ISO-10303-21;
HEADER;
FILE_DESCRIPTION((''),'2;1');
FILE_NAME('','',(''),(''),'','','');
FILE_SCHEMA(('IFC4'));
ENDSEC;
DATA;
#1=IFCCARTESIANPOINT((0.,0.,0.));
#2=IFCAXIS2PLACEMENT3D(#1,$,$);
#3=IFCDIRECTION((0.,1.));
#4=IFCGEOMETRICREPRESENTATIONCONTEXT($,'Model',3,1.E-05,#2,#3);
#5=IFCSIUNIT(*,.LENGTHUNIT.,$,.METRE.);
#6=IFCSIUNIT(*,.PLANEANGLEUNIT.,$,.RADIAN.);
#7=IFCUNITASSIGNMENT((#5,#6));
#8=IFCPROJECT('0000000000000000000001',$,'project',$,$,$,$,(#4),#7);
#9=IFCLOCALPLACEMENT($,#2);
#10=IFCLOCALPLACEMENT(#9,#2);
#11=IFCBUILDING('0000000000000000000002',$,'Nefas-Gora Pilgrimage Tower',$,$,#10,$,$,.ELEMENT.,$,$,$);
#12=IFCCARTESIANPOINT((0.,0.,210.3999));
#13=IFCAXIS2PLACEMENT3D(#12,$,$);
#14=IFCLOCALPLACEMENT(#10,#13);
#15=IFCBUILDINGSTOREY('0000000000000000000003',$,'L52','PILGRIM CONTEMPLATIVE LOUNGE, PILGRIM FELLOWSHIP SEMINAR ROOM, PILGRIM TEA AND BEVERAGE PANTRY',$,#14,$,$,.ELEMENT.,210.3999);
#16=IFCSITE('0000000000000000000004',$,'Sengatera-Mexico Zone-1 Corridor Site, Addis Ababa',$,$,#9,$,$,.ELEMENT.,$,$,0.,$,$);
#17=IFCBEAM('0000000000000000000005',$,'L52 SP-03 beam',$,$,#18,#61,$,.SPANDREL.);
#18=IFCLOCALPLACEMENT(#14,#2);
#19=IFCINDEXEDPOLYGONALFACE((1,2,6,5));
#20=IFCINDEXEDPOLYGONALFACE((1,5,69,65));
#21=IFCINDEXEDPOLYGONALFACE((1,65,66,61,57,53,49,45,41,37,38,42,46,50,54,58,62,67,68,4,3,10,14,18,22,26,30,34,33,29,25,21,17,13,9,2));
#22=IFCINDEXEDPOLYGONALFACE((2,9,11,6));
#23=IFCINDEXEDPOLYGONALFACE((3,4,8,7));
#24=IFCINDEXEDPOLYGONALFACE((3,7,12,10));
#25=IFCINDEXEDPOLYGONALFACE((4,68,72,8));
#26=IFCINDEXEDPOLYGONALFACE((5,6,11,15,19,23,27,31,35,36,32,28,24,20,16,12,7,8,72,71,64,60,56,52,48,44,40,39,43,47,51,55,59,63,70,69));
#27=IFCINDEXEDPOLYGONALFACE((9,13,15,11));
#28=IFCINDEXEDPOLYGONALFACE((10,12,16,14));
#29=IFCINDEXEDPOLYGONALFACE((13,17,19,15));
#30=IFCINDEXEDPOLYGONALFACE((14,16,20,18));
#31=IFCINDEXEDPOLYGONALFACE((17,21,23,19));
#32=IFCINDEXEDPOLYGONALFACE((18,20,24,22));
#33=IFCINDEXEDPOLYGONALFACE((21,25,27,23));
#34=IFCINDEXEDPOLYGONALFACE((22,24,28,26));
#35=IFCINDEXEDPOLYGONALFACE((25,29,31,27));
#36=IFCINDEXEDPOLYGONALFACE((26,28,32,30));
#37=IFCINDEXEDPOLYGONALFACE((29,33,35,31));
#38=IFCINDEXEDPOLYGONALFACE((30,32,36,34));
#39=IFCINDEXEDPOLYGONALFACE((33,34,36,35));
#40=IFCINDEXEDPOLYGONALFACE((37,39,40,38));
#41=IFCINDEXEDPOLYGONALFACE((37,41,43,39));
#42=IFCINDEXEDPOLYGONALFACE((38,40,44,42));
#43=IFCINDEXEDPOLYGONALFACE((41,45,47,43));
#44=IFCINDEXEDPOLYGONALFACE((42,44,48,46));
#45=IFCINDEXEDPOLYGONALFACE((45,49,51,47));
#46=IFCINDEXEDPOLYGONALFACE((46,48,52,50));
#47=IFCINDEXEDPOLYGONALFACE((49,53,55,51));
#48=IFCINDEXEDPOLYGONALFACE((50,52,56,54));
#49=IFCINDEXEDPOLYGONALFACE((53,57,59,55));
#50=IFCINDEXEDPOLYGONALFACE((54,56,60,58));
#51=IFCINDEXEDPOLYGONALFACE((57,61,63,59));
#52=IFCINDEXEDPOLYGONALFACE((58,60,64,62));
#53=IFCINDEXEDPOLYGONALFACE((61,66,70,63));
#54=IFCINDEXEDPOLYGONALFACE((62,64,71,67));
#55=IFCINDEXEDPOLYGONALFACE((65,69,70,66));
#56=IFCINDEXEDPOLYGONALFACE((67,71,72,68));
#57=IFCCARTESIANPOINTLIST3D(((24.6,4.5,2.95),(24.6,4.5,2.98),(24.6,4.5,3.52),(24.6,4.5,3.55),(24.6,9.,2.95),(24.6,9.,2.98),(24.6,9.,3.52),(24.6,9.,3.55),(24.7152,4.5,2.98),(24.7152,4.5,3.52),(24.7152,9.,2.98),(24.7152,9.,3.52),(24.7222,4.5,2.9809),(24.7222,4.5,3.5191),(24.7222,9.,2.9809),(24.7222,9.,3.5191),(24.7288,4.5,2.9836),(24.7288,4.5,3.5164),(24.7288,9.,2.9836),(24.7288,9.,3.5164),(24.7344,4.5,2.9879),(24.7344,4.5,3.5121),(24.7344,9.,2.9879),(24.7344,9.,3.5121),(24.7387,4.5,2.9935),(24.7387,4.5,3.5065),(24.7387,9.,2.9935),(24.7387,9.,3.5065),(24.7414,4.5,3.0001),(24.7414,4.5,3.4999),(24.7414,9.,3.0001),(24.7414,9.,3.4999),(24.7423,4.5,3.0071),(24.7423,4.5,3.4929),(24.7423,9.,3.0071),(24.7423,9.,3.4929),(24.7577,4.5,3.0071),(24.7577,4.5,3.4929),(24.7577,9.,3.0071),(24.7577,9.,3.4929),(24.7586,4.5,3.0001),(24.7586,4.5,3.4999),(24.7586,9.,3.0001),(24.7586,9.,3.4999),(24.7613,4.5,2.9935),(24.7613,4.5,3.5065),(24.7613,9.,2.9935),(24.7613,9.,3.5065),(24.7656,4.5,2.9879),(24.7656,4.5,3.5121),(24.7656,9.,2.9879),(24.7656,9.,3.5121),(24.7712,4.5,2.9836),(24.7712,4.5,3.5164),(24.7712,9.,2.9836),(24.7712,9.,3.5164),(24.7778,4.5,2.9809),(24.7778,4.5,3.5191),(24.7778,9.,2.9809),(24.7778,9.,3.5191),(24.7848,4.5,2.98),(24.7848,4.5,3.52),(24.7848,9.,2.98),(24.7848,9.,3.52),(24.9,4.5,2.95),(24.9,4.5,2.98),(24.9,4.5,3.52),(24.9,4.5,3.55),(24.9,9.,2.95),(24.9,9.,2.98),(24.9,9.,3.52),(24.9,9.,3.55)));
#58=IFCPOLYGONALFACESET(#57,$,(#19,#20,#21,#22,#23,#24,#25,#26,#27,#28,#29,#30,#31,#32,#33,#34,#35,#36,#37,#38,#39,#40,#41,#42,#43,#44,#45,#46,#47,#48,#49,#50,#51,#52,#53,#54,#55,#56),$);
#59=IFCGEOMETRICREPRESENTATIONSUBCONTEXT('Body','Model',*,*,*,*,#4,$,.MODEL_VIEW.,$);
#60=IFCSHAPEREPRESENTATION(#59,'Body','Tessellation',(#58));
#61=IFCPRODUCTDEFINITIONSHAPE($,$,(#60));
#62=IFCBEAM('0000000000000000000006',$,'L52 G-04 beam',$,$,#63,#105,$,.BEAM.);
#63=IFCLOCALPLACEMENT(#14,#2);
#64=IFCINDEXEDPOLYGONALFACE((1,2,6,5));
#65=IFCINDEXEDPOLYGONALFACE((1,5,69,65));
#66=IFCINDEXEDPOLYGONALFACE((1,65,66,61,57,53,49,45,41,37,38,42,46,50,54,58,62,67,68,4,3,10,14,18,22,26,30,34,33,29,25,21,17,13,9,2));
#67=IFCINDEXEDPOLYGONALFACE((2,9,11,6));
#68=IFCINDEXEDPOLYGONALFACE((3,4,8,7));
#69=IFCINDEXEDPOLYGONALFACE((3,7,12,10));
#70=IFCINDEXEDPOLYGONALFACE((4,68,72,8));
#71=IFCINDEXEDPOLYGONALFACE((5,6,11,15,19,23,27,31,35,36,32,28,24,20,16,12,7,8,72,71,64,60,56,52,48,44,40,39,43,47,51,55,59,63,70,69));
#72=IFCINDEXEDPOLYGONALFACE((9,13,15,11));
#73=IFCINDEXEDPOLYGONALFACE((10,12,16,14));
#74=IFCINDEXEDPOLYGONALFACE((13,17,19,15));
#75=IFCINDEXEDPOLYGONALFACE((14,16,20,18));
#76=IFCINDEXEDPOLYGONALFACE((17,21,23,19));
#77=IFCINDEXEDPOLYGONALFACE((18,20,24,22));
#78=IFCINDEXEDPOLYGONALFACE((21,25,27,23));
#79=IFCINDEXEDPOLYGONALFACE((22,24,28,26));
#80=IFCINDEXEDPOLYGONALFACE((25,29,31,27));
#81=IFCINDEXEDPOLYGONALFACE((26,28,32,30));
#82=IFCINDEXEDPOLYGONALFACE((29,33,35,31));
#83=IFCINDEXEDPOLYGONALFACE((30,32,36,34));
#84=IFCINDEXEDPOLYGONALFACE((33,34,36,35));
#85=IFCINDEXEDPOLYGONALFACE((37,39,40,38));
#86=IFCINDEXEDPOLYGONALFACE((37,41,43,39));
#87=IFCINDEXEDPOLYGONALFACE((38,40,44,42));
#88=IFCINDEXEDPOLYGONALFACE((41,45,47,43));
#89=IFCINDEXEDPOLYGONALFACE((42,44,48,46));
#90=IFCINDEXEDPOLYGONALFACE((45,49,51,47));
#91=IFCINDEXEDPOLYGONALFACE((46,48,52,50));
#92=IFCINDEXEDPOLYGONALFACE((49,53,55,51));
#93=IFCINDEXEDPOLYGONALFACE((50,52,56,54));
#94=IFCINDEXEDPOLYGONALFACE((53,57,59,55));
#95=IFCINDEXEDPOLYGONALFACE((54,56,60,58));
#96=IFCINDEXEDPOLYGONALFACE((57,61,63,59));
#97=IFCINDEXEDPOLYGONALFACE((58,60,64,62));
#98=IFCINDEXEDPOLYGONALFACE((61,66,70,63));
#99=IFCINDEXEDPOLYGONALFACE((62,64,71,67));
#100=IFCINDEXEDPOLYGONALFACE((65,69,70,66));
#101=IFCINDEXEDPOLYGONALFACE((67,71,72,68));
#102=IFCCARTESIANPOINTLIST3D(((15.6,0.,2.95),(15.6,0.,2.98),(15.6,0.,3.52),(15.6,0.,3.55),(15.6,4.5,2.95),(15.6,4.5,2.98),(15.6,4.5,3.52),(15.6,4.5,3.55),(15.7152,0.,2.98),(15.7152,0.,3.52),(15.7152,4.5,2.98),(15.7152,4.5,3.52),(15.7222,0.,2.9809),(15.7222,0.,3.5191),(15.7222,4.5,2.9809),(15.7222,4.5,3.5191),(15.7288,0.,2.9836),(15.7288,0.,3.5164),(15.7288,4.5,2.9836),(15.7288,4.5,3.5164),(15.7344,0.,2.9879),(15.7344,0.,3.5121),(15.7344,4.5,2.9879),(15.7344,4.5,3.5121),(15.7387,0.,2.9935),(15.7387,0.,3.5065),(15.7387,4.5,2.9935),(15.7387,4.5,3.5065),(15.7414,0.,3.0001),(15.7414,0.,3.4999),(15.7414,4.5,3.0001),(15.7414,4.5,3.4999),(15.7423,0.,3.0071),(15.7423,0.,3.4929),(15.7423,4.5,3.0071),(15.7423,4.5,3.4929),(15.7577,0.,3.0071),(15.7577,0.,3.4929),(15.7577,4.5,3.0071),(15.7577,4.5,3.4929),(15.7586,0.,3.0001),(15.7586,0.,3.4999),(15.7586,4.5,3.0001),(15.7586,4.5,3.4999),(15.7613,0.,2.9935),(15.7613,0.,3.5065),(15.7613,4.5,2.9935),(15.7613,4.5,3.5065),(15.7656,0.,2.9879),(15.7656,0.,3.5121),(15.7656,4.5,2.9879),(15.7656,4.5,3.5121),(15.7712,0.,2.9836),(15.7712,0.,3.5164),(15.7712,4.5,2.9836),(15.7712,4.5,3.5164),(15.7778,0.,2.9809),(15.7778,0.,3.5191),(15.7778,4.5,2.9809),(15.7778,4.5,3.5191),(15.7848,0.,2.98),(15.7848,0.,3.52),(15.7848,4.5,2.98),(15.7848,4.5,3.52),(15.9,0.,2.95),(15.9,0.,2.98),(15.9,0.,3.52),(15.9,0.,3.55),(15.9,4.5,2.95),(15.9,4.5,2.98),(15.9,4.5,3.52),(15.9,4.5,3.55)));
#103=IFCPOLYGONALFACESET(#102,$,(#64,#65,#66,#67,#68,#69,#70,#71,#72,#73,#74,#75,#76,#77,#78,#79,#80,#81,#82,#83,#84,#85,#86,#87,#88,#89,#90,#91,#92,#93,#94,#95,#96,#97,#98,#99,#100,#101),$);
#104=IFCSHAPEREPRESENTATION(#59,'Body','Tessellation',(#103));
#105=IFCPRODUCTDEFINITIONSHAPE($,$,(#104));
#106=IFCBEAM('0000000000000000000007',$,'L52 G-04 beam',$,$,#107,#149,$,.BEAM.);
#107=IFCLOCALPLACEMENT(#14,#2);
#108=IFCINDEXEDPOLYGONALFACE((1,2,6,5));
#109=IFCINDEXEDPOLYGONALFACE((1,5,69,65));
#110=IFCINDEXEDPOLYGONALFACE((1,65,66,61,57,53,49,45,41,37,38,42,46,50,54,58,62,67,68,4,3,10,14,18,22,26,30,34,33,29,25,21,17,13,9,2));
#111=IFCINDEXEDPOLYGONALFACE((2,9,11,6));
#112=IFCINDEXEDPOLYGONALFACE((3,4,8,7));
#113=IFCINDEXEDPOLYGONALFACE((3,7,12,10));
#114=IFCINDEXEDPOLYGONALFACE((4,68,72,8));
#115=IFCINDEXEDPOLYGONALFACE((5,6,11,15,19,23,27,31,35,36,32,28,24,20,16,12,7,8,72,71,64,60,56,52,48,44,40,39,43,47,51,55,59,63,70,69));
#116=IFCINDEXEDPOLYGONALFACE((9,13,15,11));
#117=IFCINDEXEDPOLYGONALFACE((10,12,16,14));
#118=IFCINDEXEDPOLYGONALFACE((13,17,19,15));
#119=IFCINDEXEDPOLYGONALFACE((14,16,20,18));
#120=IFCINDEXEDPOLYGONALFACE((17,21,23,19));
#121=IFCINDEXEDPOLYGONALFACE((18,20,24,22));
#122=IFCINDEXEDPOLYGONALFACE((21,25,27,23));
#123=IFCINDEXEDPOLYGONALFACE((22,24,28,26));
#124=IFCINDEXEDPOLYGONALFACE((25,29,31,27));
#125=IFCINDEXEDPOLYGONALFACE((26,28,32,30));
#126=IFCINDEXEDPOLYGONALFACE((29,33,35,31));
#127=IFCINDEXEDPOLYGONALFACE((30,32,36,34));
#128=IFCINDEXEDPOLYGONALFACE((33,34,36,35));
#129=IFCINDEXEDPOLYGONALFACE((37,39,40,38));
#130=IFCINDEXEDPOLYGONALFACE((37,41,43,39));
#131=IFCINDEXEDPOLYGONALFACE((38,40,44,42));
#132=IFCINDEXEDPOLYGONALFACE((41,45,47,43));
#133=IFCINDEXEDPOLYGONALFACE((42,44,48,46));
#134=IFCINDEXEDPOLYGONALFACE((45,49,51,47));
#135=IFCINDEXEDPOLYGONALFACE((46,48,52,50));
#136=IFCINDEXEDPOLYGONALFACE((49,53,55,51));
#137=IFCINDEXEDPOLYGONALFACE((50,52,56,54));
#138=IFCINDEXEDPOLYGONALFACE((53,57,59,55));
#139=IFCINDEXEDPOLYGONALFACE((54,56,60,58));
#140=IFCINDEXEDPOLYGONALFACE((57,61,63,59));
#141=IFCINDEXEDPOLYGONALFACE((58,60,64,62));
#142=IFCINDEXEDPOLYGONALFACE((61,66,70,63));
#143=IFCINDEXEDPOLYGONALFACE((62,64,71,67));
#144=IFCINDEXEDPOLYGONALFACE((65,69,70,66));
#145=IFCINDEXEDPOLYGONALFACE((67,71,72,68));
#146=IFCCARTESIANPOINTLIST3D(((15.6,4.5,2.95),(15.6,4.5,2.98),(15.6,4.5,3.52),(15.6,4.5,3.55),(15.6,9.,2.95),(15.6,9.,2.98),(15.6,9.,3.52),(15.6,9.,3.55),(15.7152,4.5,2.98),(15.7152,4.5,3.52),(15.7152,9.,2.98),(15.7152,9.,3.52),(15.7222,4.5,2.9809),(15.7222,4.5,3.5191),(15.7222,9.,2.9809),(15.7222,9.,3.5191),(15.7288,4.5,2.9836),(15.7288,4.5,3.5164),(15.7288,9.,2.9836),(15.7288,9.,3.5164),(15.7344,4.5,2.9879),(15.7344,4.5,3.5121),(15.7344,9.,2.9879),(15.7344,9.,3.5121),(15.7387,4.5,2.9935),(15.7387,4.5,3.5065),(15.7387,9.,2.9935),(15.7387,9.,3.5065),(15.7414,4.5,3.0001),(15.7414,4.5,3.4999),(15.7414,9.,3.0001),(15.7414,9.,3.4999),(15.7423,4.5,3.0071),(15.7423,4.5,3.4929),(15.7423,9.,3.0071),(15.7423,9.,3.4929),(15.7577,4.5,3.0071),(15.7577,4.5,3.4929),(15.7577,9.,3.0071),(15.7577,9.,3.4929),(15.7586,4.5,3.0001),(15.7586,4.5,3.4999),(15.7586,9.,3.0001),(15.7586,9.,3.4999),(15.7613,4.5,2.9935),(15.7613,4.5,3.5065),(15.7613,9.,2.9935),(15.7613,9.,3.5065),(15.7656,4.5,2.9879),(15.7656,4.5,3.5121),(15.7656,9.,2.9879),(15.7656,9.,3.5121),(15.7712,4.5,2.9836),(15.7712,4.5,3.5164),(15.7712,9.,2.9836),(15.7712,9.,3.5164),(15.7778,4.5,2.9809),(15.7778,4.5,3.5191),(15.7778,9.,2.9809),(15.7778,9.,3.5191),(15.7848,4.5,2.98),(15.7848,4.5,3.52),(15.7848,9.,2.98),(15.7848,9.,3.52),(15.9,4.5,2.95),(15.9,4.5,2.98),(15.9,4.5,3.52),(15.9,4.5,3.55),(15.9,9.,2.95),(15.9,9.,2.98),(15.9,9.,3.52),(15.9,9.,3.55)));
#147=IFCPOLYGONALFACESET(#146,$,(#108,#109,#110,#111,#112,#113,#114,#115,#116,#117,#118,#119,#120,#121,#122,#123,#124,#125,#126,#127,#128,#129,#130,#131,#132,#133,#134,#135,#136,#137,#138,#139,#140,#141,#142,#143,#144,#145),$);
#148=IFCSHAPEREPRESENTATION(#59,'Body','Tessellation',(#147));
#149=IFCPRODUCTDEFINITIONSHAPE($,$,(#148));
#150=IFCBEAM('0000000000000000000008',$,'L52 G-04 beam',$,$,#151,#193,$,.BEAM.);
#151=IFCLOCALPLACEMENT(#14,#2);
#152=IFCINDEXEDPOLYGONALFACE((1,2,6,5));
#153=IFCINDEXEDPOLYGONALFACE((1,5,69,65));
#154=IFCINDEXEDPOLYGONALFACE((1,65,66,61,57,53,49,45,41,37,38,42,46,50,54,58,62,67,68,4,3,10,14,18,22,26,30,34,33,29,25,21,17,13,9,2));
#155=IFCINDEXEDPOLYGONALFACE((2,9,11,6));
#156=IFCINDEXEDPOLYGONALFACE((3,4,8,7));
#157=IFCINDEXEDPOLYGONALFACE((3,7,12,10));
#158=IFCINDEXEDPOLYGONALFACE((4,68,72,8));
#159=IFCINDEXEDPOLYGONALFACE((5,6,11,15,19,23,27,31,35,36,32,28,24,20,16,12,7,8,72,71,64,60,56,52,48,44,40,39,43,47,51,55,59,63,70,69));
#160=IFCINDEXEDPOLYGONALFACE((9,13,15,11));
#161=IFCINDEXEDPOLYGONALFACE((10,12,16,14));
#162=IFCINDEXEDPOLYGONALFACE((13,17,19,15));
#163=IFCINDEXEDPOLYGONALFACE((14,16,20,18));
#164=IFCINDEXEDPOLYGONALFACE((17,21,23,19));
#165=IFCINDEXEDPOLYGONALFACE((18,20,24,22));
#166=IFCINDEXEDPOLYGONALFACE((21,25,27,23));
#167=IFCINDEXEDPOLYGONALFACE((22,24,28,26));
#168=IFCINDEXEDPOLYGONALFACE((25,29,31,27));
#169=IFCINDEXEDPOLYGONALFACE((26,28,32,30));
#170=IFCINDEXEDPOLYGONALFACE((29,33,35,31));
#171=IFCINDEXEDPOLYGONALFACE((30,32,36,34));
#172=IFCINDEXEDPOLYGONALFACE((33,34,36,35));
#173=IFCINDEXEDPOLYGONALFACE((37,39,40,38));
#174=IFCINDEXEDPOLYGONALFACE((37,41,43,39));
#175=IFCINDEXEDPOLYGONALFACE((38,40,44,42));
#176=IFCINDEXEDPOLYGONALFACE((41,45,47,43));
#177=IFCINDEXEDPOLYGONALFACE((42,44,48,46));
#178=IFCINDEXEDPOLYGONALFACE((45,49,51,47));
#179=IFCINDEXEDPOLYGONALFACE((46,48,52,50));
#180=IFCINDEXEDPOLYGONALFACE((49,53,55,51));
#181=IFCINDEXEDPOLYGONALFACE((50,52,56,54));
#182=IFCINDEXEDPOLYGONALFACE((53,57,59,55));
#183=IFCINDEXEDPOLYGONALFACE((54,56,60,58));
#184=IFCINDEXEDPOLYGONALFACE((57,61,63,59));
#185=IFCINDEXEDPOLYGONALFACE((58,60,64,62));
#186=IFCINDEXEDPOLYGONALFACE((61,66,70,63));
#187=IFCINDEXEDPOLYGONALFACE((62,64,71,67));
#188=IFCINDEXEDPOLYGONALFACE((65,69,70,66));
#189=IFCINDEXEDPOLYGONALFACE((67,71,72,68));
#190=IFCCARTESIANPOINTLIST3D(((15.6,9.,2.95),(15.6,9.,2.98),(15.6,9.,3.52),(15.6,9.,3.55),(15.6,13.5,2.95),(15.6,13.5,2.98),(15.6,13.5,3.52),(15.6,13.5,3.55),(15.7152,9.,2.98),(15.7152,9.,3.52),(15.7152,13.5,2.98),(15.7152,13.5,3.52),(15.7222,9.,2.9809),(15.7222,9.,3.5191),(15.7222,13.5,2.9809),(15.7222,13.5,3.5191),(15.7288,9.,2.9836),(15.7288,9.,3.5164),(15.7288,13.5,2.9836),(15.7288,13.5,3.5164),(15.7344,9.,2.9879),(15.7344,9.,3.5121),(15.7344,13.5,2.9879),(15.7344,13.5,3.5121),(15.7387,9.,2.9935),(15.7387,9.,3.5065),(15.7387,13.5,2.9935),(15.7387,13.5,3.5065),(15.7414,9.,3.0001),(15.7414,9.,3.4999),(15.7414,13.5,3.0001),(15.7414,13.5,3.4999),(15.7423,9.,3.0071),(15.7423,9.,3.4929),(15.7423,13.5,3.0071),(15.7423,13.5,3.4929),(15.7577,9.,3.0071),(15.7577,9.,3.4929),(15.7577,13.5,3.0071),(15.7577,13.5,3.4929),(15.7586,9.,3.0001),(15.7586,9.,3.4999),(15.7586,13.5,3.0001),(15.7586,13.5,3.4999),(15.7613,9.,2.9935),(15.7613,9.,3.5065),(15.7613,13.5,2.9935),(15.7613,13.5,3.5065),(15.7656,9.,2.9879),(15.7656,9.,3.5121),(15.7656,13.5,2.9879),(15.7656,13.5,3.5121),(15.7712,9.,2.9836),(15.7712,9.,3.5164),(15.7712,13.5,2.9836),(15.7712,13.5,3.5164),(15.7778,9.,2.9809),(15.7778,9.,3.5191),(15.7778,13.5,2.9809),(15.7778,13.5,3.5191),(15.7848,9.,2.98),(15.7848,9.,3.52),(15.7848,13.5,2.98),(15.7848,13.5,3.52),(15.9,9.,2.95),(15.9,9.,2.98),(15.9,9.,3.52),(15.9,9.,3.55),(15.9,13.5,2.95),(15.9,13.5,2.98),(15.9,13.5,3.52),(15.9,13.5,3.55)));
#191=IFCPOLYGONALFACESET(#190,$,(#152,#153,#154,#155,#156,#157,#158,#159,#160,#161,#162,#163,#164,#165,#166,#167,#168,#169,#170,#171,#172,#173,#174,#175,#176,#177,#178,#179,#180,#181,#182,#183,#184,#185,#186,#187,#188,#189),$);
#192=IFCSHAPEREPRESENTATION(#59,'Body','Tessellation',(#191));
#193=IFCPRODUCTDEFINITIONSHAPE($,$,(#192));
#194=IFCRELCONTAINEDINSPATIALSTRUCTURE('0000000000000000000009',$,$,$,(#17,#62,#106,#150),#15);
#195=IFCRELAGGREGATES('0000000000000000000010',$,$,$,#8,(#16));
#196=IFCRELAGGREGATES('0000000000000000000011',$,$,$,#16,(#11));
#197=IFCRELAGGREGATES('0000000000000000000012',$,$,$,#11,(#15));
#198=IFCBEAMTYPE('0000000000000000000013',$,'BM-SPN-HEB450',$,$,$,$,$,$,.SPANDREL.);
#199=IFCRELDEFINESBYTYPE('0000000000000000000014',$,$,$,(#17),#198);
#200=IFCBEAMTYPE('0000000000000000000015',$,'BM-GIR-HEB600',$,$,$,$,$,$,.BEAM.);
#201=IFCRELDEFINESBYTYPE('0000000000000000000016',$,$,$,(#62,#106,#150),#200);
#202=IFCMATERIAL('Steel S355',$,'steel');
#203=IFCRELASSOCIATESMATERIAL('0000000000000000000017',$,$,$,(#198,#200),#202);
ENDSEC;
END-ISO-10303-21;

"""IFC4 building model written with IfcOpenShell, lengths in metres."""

from ifc_helpers import new_model, si_unit, direction, frame, origin, origin_2d, place, context, subcontext, project, spatial, i_section, extrude, source, transform, mapped, material, material_profile, profile_set, type_object, element, save


model = new_model("IFC4")

# Units and contexts
model_context = context("Model", 3, precision=1e-05, world=origin(), true_north=direction((0.0, 1.0)))
body_context = subcontext(model_context, "Body", "Model", "MODEL_VIEW")
ifc_project = project(units=[si_unit("LENGTHUNIT", "METRE"), si_unit("PLANEANGLEUNIT", "RADIAN")], contexts=[model_context])

# Site, building, storey
site_placement = place(None, origin())
site = spatial("IfcSite", under=ifc_project, at=site_placement, Name="Sengatera-Mexico Zone-1 Corridor Site, Addis Ababa", CompositionType="ELEMENT", RefElevation=0.0)
building_placement = place(site_placement, origin())
building = spatial("IfcBuilding", under=site, at=building_placement, Name="Nefas-Gora Pilgrimage Tower", CompositionType="ELEMENT")
storey_placement = place(building_placement, frame((0.0, 0.0, 210.3999)))
storey = spatial("IfcBuildingStorey", under=building, at=storey_placement, Name="L52", Description="PILGRIM CONTEMPLATIVE LOUNGE, PILGRIM FELLOWSHIP SEMINAR ROOM, PILGRIM TEA AND BEVERAGE PANTRY", CompositionType="ELEMENT", Elevation=210.3999)

# Beams
ifc_material_1 = material(Name="Steel S355", Category="steel")
ifc_material_profile_1 = material_profile(ifc_material_1, i_section(OverallWidth=0.3, OverallDepth=0.6001, WebThickness=0.0154, FlangeThickness=0.03, FilletRadius=0.0271, at=origin_2d()), Name="HEB 600")
ifc_profile_set_1 = profile_set([ifc_material_profile_1], Name="Steel S355")
beam_type_1 = type_object("IfcBeamType", Name="BM-SPN-HEB450", PredefinedType="SPANDREL", material=ifc_profile_set_1)
shared_shape_1 = source(origin(), body_context, "Body", "SweptSolid", [
    extrude(i_section(OverallWidth=0.3, OverallDepth=0.6001, WebThickness=0.0154, FlangeThickness=0.03, FilletRadius=0.0271, at=origin_2d()), origin(), (0.0, 0.0, 1.0), 4.5),
])
for number, where, z_axis, x_axis, name in (
    (1, (24.75, 4.5, 3.25), (0.0, 1.0, 0.0), (-1.0, 0.0, 0.0), "L52 SP-03 beam"),
):
    element("IfcBeam", number, at=place(storey_placement, frame(where, z_axis=z_axis, x_axis=x_axis)), inside=storey, type_object=beam_type_1, Name=name, PredefinedType="SPANDREL", context=body_context, shape_type="MappedRepresentation", body=[
        mapped(shared_shape_1, transform((0.0, 0.0, 0.0), x_axis=(1.0, 0.0, 0.0), y_axis=(0.0, 1.0, 0.0), z_axis=(0.0, 0.0, 1.0), scale=1.0)),
    ])
ifc_material_profile_2 = material_profile(ifc_material_1, i_section(OverallWidth=0.3, OverallDepth=0.6001, WebThickness=0.0154, FlangeThickness=0.03, FilletRadius=0.0271, at=origin_2d()), Name="HEB 600")
ifc_profile_set_2 = profile_set([ifc_material_profile_2], Name="Steel S355")
beam_type_2 = type_object("IfcBeamType", Name="BM-GIR-HEB600", PredefinedType="BEAM", material=ifc_profile_set_2)
shared_shape_2 = source(origin(), body_context, "Body", "SweptSolid", [
    extrude(i_section(OverallWidth=0.3, OverallDepth=0.6001, WebThickness=0.0154, FlangeThickness=0.03, FilletRadius=0.0271, at=origin_2d()), origin(), (0.0, 0.0, 1.0), 4.5),
])
for number, where, z_axis, x_axis, name in (
    (2, (15.75, 0.0, 3.25), (0.0, 1.0, 0.0), (-1.0, 0.0, 0.0), "L52 G-04 beam"),
    (3, (15.75, 4.5, 3.25), (0.0, 1.0, 0.0), (-1.0, 0.0, 0.0), "L52 G-04 beam"),
    (4, (15.75, 9.0, 3.25), (0.0, 1.0, 0.0), (-1.0, 0.0, 0.0), "L52 G-04 beam"),
):
    element("IfcBeam", number, at=place(storey_placement, frame(where, z_axis=z_axis, x_axis=x_axis)), inside=storey, type_object=beam_type_2, Name=name, PredefinedType="BEAM", context=body_context, shape_type="MappedRepresentation", body=[
        mapped(shared_shape_2, transform((0.0, 0.0, 0.0), x_axis=(1.0, 0.0, 0.0), y_axis=(0.0, 1.0, 0.0), z_axis=(0.0, 0.0, 1.0), scale=1.0)),
    ])

save(model, "model.ifc")
